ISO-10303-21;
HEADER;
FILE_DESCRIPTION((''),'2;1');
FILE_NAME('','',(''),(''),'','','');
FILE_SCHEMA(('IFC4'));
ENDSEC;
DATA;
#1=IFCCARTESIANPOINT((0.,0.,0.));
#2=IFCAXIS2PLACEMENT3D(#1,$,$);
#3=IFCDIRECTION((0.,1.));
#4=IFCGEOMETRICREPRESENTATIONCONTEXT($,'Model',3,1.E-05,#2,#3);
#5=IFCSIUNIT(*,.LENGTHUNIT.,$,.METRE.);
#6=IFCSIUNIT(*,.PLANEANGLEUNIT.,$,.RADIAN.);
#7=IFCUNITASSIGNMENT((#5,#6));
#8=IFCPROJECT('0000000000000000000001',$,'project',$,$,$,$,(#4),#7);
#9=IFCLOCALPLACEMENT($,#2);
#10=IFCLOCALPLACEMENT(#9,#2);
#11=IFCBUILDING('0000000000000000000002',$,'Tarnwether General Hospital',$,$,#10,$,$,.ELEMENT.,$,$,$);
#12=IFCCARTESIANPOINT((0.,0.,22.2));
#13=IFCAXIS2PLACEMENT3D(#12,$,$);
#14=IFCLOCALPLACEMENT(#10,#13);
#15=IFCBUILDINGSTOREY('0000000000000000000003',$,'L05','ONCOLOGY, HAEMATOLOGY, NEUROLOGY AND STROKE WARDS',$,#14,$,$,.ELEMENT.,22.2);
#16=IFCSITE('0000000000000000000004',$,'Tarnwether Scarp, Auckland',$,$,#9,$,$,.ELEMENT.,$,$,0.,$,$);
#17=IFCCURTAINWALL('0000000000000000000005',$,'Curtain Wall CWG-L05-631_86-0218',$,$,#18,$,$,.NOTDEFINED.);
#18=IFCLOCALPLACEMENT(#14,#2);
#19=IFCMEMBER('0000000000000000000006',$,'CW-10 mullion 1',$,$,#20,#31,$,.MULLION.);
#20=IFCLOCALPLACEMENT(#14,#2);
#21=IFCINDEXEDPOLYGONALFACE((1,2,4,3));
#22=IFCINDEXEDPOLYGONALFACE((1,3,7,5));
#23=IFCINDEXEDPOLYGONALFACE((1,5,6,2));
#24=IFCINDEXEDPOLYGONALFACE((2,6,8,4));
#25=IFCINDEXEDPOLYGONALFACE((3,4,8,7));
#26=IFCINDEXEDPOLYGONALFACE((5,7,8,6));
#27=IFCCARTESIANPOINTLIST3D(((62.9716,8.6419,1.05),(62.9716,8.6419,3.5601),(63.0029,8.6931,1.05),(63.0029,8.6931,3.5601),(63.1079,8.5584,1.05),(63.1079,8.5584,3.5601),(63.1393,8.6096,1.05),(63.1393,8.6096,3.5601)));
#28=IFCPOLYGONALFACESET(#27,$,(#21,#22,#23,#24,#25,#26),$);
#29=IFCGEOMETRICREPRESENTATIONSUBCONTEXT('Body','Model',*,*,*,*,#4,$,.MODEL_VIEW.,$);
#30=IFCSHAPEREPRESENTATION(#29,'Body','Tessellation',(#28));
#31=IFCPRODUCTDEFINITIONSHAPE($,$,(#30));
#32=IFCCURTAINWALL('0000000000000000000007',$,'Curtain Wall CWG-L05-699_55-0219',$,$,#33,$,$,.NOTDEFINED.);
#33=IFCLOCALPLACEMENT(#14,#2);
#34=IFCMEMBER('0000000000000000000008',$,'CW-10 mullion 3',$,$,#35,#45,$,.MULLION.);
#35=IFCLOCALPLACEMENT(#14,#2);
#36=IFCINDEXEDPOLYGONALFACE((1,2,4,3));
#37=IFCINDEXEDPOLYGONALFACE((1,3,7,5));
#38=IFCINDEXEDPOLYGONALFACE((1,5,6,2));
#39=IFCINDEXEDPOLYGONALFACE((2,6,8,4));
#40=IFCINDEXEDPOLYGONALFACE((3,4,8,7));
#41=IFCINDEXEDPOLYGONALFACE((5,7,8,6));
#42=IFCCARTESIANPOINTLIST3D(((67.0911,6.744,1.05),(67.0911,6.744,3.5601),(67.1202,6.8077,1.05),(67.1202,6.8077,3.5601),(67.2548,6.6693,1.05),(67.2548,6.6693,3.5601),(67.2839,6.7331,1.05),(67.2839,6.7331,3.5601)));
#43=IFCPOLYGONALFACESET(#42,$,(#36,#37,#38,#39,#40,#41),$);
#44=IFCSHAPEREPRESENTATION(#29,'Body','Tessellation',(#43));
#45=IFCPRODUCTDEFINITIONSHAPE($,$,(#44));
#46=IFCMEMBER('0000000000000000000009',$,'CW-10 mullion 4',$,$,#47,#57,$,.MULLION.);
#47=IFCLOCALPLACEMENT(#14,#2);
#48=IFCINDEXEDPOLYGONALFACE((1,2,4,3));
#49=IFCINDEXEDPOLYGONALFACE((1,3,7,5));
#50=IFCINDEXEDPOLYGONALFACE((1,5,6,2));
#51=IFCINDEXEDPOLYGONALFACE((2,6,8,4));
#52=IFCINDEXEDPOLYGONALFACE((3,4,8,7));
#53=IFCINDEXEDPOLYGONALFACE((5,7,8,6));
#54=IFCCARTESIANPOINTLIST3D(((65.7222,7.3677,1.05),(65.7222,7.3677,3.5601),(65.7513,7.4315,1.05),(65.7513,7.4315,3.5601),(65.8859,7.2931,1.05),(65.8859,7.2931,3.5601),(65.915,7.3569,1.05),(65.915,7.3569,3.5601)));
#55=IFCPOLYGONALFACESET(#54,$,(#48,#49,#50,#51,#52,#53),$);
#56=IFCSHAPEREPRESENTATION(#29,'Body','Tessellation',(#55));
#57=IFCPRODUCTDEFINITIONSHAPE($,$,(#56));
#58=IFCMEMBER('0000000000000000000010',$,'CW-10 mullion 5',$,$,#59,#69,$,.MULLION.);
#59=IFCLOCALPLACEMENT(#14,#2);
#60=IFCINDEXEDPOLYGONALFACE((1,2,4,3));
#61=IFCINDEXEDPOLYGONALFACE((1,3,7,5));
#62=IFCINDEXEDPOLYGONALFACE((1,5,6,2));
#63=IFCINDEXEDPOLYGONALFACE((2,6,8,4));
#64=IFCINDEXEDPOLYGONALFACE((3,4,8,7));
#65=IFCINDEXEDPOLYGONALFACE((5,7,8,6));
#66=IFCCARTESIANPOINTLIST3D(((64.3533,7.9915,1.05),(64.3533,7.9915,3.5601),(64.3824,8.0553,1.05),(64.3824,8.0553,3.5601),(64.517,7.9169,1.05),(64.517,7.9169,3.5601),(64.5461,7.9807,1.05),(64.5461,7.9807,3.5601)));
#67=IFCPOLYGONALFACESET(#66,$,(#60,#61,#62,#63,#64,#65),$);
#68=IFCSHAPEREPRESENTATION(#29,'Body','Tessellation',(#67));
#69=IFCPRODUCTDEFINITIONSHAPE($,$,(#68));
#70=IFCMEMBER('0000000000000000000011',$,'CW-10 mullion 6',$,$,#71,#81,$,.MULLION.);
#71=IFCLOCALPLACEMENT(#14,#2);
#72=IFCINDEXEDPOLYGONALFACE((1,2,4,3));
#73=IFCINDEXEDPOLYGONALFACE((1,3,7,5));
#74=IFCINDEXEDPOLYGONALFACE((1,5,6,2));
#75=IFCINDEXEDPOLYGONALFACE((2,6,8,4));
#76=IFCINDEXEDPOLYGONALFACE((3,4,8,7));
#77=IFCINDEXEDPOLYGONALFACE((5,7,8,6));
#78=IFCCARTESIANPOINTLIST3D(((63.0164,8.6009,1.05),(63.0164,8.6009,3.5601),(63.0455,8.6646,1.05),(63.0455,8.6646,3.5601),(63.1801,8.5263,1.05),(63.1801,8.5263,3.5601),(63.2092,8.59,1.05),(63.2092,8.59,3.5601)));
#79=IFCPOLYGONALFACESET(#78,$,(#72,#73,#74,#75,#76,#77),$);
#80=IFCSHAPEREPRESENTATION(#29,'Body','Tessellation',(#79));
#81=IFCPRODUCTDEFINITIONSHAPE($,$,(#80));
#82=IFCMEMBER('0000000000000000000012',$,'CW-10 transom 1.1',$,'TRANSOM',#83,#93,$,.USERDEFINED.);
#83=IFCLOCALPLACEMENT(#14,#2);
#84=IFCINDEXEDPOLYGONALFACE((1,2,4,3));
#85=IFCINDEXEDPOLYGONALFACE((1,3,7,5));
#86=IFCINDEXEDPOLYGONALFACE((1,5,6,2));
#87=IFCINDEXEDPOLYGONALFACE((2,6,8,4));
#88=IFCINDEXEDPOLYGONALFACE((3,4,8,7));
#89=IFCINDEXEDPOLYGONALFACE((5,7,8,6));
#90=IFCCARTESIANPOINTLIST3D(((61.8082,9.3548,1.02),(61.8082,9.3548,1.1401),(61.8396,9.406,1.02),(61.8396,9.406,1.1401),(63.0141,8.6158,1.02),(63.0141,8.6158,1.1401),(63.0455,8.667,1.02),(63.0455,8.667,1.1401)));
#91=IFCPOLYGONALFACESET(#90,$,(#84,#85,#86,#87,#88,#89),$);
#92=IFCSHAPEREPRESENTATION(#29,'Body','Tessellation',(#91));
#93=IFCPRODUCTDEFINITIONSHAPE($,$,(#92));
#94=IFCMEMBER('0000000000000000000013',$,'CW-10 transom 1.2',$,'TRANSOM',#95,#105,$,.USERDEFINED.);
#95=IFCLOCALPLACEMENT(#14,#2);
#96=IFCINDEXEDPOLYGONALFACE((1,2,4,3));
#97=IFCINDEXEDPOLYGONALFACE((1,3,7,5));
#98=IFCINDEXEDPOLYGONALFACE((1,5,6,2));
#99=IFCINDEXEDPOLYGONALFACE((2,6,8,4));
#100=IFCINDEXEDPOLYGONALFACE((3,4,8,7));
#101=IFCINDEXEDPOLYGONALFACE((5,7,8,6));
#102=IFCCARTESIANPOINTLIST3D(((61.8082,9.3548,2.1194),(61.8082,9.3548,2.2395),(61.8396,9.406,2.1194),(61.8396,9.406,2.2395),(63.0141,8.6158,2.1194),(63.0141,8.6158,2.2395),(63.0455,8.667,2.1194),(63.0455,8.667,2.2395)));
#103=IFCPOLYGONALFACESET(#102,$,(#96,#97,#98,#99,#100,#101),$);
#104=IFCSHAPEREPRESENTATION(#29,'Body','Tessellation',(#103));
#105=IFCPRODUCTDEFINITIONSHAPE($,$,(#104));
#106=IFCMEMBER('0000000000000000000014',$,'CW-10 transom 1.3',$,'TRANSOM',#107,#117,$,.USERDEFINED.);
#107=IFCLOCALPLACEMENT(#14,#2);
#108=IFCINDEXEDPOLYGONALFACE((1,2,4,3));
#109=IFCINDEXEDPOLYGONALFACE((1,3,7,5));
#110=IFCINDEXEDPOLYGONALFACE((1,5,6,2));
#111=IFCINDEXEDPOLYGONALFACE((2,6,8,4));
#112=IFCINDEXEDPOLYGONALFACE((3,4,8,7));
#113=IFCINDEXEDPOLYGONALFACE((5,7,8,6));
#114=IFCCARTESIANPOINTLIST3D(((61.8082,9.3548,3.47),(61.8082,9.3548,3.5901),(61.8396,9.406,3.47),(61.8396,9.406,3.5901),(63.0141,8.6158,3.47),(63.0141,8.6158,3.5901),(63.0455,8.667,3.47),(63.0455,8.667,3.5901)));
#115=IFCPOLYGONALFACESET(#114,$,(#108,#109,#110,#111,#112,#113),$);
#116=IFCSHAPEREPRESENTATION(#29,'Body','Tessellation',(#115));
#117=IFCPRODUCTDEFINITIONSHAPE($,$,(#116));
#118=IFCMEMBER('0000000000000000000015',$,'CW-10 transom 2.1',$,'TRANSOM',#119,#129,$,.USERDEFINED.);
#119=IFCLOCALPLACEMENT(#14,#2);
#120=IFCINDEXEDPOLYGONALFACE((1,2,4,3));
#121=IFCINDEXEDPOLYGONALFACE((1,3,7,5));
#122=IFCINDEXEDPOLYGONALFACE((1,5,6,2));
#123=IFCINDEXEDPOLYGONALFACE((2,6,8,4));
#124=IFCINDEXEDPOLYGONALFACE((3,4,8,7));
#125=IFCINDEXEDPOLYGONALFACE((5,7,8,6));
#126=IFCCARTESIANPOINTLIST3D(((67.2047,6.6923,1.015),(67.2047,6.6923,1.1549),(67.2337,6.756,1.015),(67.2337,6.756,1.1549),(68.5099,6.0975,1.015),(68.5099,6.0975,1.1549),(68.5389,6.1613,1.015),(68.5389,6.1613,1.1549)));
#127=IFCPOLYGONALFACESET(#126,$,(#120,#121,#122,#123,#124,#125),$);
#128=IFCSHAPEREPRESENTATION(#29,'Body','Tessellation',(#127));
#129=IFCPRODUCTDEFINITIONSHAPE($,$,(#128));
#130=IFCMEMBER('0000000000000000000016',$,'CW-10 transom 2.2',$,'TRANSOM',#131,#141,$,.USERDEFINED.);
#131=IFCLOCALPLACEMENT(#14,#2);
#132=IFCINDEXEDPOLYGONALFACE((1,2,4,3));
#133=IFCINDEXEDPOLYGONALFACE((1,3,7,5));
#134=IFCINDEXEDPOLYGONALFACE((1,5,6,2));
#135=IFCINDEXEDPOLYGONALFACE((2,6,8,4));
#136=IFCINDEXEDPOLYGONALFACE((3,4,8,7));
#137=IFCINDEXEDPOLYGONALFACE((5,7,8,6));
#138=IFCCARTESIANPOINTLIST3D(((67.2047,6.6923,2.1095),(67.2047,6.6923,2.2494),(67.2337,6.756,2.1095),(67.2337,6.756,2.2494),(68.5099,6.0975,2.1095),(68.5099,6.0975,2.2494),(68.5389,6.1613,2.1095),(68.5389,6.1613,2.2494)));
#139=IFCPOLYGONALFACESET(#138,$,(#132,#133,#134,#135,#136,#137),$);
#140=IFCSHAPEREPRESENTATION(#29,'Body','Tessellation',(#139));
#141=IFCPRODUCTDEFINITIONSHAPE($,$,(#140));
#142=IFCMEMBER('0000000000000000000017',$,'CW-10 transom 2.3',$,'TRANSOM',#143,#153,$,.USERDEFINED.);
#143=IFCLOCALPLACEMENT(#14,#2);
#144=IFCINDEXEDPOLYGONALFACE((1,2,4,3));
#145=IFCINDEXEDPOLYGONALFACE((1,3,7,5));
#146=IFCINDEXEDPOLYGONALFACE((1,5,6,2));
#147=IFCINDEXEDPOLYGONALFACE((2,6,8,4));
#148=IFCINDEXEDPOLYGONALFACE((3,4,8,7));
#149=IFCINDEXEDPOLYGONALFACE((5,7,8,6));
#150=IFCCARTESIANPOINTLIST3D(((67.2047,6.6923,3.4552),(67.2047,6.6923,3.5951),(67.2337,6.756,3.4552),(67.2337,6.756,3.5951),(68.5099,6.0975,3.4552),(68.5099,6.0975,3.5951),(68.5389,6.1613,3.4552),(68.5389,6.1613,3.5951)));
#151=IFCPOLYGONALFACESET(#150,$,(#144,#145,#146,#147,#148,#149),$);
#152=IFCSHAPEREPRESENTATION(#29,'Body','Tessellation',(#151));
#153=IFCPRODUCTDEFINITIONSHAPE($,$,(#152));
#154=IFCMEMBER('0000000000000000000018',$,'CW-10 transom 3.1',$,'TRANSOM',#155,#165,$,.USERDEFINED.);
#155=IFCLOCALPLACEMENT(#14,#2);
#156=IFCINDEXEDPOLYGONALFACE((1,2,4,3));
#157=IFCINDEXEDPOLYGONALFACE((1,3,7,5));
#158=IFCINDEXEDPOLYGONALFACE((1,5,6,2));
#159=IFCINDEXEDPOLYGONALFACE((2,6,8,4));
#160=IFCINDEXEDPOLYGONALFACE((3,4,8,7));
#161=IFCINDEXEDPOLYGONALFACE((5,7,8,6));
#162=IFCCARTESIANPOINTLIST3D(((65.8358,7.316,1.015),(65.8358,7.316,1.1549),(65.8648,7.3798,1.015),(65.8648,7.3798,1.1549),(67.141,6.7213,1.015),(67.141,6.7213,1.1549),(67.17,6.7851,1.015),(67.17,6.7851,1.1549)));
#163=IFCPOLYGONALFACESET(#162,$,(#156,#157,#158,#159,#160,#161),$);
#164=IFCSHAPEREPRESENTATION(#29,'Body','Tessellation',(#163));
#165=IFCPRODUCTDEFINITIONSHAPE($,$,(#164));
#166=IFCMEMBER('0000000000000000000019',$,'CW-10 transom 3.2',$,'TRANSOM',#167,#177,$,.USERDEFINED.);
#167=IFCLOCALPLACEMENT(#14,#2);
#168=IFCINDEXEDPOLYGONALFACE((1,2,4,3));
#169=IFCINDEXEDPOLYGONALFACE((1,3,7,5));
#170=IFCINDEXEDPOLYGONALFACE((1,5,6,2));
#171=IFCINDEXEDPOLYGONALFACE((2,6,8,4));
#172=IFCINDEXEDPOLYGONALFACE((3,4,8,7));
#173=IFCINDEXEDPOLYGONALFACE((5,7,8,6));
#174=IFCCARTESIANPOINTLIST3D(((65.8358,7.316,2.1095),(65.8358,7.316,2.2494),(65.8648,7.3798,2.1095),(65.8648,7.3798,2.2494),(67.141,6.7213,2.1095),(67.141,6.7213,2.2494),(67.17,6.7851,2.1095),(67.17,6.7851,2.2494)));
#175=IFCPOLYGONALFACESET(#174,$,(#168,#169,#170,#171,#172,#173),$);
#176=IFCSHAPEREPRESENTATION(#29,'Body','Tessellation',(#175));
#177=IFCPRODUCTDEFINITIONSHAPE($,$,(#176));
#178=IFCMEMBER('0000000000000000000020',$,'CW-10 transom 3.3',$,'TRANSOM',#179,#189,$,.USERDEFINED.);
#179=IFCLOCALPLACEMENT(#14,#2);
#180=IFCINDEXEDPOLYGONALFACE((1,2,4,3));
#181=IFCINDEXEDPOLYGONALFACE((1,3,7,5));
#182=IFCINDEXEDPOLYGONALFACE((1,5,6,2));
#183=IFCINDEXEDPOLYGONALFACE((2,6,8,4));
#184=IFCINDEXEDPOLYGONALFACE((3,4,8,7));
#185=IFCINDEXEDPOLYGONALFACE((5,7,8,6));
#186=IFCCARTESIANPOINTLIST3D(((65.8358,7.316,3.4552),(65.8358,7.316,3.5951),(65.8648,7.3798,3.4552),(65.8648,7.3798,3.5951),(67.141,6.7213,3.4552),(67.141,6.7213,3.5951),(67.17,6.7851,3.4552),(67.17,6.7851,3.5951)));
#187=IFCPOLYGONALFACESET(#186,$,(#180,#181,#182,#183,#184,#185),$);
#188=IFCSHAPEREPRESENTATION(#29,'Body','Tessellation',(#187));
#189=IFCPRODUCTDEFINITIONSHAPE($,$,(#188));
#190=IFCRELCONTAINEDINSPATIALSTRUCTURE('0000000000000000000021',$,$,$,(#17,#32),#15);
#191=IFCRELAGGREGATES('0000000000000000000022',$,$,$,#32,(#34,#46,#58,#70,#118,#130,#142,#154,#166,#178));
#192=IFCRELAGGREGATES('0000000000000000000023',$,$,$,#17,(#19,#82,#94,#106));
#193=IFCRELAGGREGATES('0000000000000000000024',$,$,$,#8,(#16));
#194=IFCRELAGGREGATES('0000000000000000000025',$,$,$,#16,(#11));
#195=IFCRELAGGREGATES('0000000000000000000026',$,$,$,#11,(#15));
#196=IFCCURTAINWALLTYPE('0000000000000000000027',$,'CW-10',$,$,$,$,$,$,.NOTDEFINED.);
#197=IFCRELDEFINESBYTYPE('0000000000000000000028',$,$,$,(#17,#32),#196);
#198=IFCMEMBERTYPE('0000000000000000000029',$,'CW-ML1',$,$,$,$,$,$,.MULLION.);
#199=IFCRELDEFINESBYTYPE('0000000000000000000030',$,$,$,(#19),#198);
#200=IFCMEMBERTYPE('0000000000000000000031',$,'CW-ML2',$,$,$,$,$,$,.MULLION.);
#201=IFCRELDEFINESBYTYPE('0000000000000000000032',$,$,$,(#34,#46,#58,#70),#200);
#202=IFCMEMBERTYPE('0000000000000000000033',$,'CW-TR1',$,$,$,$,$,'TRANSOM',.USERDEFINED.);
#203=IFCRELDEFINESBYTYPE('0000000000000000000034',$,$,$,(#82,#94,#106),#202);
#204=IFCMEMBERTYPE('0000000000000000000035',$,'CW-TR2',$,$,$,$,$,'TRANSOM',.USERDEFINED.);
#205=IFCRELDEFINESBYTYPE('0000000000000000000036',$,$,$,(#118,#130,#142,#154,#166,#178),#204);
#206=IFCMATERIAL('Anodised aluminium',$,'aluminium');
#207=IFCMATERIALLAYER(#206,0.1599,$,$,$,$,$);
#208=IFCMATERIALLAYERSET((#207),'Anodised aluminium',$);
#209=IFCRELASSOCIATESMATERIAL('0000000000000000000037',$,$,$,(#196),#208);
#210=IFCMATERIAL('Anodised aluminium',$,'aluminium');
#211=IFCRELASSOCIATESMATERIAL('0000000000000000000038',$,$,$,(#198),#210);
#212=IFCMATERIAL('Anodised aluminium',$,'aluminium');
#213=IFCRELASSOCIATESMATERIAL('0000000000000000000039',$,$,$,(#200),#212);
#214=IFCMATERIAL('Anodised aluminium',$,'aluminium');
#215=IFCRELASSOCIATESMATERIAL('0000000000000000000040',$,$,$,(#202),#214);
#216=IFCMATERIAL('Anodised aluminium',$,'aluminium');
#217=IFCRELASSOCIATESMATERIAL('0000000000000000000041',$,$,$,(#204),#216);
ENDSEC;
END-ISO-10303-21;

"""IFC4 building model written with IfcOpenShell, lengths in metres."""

from ifc_helpers import new_model, si_unit, direction, frame, origin, origin_2d, place, context, subcontext, project, spatial, rectangle, extrude, material, layer, layer_set, material_profile, profile_set, type_object, element, aggregate, save


model = new_model("IFC4")

# Units and contexts
model_context = context("Model", 3, precision=1e-05, world=origin(), true_north=direction((0.0, 1.0)))
body_context = subcontext(model_context, "Body", "Model", "MODEL_VIEW")
ifc_project = project(units=[si_unit("LENGTHUNIT", "METRE"), si_unit("PLANEANGLEUNIT", "RADIAN")], contexts=[model_context])

# Site, building, storey
site_placement = place(None, origin())
site = spatial("IfcSite", under=ifc_project, at=site_placement, Name="Tarnwether Scarp, Auckland", CompositionType="ELEMENT", RefElevation=0.0)
building_placement = place(site_placement, origin())
building = spatial("IfcBuilding", under=site, at=building_placement, Name="Tarnwether General Hospital", CompositionType="ELEMENT")
storey_placement = place(building_placement, frame((0.0, 0.0, 22.2)))
storey = spatial("IfcBuildingStorey", under=building, at=storey_placement, Name="L05", Description="ONCOLOGY, HAEMATOLOGY, NEUROLOGY AND STROKE WARDS", CompositionType="ELEMENT", Elevation=22.2)

# Curtain wall, member
ifc_material_1 = material(Name="Anodised aluminium", Category="aluminium")
ifc_layer_1 = layer(ifc_material_1, 0.1599)
ifc_layer_set_1 = layer_set([ifc_layer_1], Name="Anodised aluminium")
curtain_wall_type = type_object("IfcCurtainWallType", Name="CW-10", PredefinedType="NOTDEFINED", material=ifc_layer_set_1)
curtain_wall_1_placement = place(storey_placement, origin())
curtain_wall_1 = element("IfcCurtainWall", 1, at=curtain_wall_1_placement, inside=storey, type_object=curtain_wall_type, Name="Curtain Wall CWG-L05-631_86-0218", PredefinedType="NOTDEFINED")
ifc_material_2 = material(Name="Anodised aluminium", Category="aluminium")
ifc_material_profile_1 = material_profile(ifc_material_2, rectangle(XDim=0.0601, YDim=0.1599, at=origin_2d()), Name="ALU-MUL-60x160")
ifc_profile_set_1 = profile_set([ifc_material_profile_1], Name="Anodised aluminium")
member_type_1 = type_object("IfcMemberType", Name="CW-ML1", PredefinedType="MULLION", material=ifc_profile_set_1)
member_1_placement = place(storey_placement, frame((63.0554, 8.6257, 1.05), z_axis=(0.0, 0.0, 1.0), x_axis=(-0.522509, -0.852634, 0.0)))
member_1 = element("IfcMember", 2, at=member_1_placement, type_object=member_type_1, Name="CW-10 mullion 1", PredefinedType="MULLION", context=body_context, shape_type="SweptSolid", body=[
    extrude(rectangle(XDim=0.0601, YDim=0.1599, at=origin_2d()), origin(), (0.0, 0.0, 1.0), 2.51),
])

# Curtain wall, members
curtain_wall_2_placement = place(storey_placement, origin())
curtain_wall_2 = element("IfcCurtainWall", 3, at=curtain_wall_2_placement, inside=storey, type_object=curtain_wall_type, Name="Curtain Wall CWG-L05-699_55-0219", PredefinedType="NOTDEFINED")
ifc_material_3 = material(Name="Anodised aluminium", Category="aluminium")
ifc_material_profile_2 = material_profile(ifc_material_3, rectangle(XDim=0.0701, YDim=0.1799, at=origin_2d()), Name="ALU-MUL-70x180")
ifc_profile_set_2 = profile_set([ifc_material_profile_2], Name="Anodised aluminium")
member_type_2 = type_object("IfcMemberType", Name="CW-ML2", PredefinedType="MULLION", material=ifc_profile_set_2)
member_2_placement = place(storey_placement, frame((67.1875, 6.7385, 1.05), z_axis=(0.0, 0.0, 1.0), x_axis=(-0.414694, -0.909961, 0.0)))
member_2 = element("IfcMember", 4, at=member_2_placement, type_object=member_type_2, Name="CW-10 mullion 3", PredefinedType="MULLION", context=body_context, shape_type="SweptSolid", body=[
    extrude(rectangle(XDim=0.0701, YDim=0.1799, at=origin_2d()), origin(), (0.0, 0.0, 1.0), 2.51),
])
member_3_placement = place(storey_placement, frame((65.8186, 7.3623, 1.05), z_axis=(0.0, 0.0, 1.0), x_axis=(-0.414694, -0.909961, 0.0)))
member_3 = element("IfcMember", 5, at=member_3_placement, type_object=member_type_2, Name="CW-10 mullion 4", PredefinedType="MULLION", context=body_context, shape_type="SweptSolid", body=[
    extrude(rectangle(XDim=0.0701, YDim=0.1799, at=origin_2d()), origin(), (0.0, 0.0, 1.0), 2.51),
])
member_4_placement = place(storey_placement, frame((64.4497, 7.9861, 1.05), z_axis=(0.0, 0.0, 1.0), x_axis=(-0.414694, -0.909961, 0.0)))
member_4 = element("IfcMember", 6, at=member_4_placement, type_object=member_type_2, Name="CW-10 mullion 5", PredefinedType="MULLION", context=body_context, shape_type="SweptSolid", body=[
    extrude(rectangle(XDim=0.0701, YDim=0.1799, at=origin_2d()), origin(), (0.0, 0.0, 1.0), 2.51),
])
member_5_placement = place(storey_placement, frame((63.1128, 8.5955, 1.05), z_axis=(0.0, 0.0, 1.0), x_axis=(-0.414694, -0.909961, 0.0)))
member_5 = element("IfcMember", 7, at=member_5_placement, type_object=member_type_2, Name="CW-10 mullion 6", PredefinedType="MULLION", context=body_context, shape_type="SweptSolid", body=[
    extrude(rectangle(XDim=0.0701, YDim=0.1799, at=origin_2d()), origin(), (0.0, 0.0, 1.0), 2.51),
])

# Members
ifc_material_4 = material(Name="Anodised aluminium", Category="aluminium")
ifc_material_profile_3 = material_profile(ifc_material_4, rectangle(XDim=0.0601, YDim=0.1201, at=origin_2d()), Name="ALU-TRN-60x120")
ifc_profile_set_3 = profile_set([ifc_material_profile_3], Name="Anodised aluminium")
member_type_3 = type_object("IfcMemberType", Name="CW-TR1", ElementType="TRANSOM", PredefinedType="USERDEFINED", material=ifc_profile_set_3)
member_6_placement = place(storey_placement, frame((63.0298, 8.6414, 1.0801), z_axis=(-0.852611, 0.522546, 0.0), x_axis=(-0.522546, -0.852611, 0.0)))
member_6 = element("IfcMember", 8, at=member_6_placement, type_object=member_type_3, Name="CW-10 transom 1.1", ObjectType="TRANSOM", PredefinedType="USERDEFINED", context=body_context, shape_type="SweptSolid", body=[
    extrude(rectangle(XDim=0.0601, YDim=0.1201, at=origin_2d()), origin(), (0.0, 0.0, 1.0), 1.4143),
])
member_7_placement = place(storey_placement, frame((63.0298, 8.6414, 2.1794), z_axis=(-0.852611, 0.522546, 0.0), x_axis=(-0.522546, -0.852611, 0.0)))
member_7 = element("IfcMember", 9, at=member_7_placement, type_object=member_type_3, Name="CW-10 transom 1.2", ObjectType="TRANSOM", PredefinedType="USERDEFINED", context=body_context, shape_type="SweptSolid", body=[
    extrude(rectangle(XDim=0.0601, YDim=0.1201, at=origin_2d()), origin(), (0.0, 0.0, 1.0), 1.4143),
])
member_8_placement = place(storey_placement, frame((63.0298, 8.6414, 3.53), z_axis=(-0.852611, 0.522546, 0.0), x_axis=(-0.522546, -0.852611, 0.0)))
member_8 = element("IfcMember", 10, at=member_8_placement, type_object=member_type_3, Name="CW-10 transom 1.3", ObjectType="TRANSOM", PredefinedType="USERDEFINED", context=body_context, shape_type="SweptSolid", body=[
    extrude(rectangle(XDim=0.0601, YDim=0.1201, at=origin_2d()), origin(), (0.0, 0.0, 1.0), 1.4143),
])
ifc_material_5 = material(Name="Anodised aluminium", Category="aluminium")
ifc_material_profile_4 = material_profile(ifc_material_5, rectangle(XDim=0.0701, YDim=0.1399, at=origin_2d()), Name="ALU-TRN-70x140")
ifc_profile_set_4 = profile_set([ifc_material_profile_4], Name="Anodised aluminium")
member_type_4 = type_object("IfcMemberType", Name="CW-TR2", ElementType="TRANSOM", PredefinedType="USERDEFINED", material=ifc_profile_set_4)
member_9_placement = place(storey_placement, frame((68.5244, 6.1294, 1.085), z_axis=(-0.909981, 0.414649, 0.0), x_axis=(-0.414649, -0.909981, 0.0)))
member_9 = element("IfcMember", 11, at=member_9_placement, type_object=member_type_4, Name="CW-10 transom 2.1", ObjectType="TRANSOM", PredefinedType="USERDEFINED", context=body_context, shape_type="SweptSolid", body=[
    extrude(rectangle(XDim=0.0701, YDim=0.1399, at=origin_2d()), origin(), (0.0, 0.0, 1.0), 1.4343),
])
member_10_placement = place(storey_placement, frame((68.5244, 6.1294, 2.1794), z_axis=(-0.909981, 0.414649, 0.0), x_axis=(-0.414649, -0.909981, 0.0)))
member_10 = element("IfcMember", 12, at=member_10_placement, type_object=member_type_4, Name="CW-10 transom 2.2", ObjectType="TRANSOM", PredefinedType="USERDEFINED", context=body_context, shape_type="SweptSolid", body=[
    extrude(rectangle(XDim=0.0701, YDim=0.1399, at=origin_2d()), origin(), (0.0, 0.0, 1.0), 1.4343),
])
member_11_placement = place(storey_placement, frame((68.5244, 6.1294, 3.5251), z_axis=(-0.909981, 0.414649, 0.0), x_axis=(-0.414649, -0.909981, 0.0)))
member_11 = element("IfcMember", 13, at=member_11_placement, type_object=member_type_4, Name="CW-10 transom 2.3", ObjectType="TRANSOM", PredefinedType="USERDEFINED", context=body_context, shape_type="SweptSolid", body=[
    extrude(rectangle(XDim=0.0701, YDim=0.1399, at=origin_2d()), origin(), (0.0, 0.0, 1.0), 1.4343),
])
member_12_placement = place(storey_placement, frame((67.1555, 6.7532, 1.085), z_axis=(-0.909981, 0.414649, 0.0), x_axis=(-0.414649, -0.909981, 0.0)))
member_12 = element("IfcMember", 14, at=member_12_placement, type_object=member_type_4, Name="CW-10 transom 3.1", ObjectType="TRANSOM", PredefinedType="USERDEFINED", context=body_context, shape_type="SweptSolid", body=[
    extrude(rectangle(XDim=0.0701, YDim=0.1399, at=origin_2d()), origin(), (0.0, 0.0, 1.0), 1.4343),
])
member_13_placement = place(storey_placement, frame((67.1555, 6.7532, 2.1794), z_axis=(-0.909981, 0.414649, 0.0), x_axis=(-0.414649, -0.909981, 0.0)))
member_13 = element("IfcMember", 15, at=member_13_placement, type_object=member_type_4, Name="CW-10 transom 3.2", ObjectType="TRANSOM", PredefinedType="USERDEFINED", context=body_context, shape_type="SweptSolid", body=[
    extrude(rectangle(XDim=0.0701, YDim=0.1399, at=origin_2d()), origin(), (0.0, 0.0, 1.0), 1.4343),
])
member_14_placement = place(storey_placement, frame((67.1555, 6.7532, 3.5251), z_axis=(-0.909981, 0.414649, 0.0), x_axis=(-0.414649, -0.909981, 0.0)))
member_14 = element("IfcMember", 16, at=member_14_placement, type_object=member_type_4, Name="CW-10 transom 3.3", ObjectType="TRANSOM", PredefinedType="USERDEFINED", context=body_context, shape_type="SweptSolid", body=[
    extrude(rectangle(XDim=0.0701, YDim=0.1399, at=origin_2d()), origin(), (0.0, 0.0, 1.0), 1.4343),
])

aggregate(curtain_wall_2, [member_2, member_3, member_4, member_5, member_9, member_10, member_11, member_12, member_13, member_14])
aggregate(curtain_wall_1, [member_1, member_6, member_7, member_8])

save(model, "model.ifc")
